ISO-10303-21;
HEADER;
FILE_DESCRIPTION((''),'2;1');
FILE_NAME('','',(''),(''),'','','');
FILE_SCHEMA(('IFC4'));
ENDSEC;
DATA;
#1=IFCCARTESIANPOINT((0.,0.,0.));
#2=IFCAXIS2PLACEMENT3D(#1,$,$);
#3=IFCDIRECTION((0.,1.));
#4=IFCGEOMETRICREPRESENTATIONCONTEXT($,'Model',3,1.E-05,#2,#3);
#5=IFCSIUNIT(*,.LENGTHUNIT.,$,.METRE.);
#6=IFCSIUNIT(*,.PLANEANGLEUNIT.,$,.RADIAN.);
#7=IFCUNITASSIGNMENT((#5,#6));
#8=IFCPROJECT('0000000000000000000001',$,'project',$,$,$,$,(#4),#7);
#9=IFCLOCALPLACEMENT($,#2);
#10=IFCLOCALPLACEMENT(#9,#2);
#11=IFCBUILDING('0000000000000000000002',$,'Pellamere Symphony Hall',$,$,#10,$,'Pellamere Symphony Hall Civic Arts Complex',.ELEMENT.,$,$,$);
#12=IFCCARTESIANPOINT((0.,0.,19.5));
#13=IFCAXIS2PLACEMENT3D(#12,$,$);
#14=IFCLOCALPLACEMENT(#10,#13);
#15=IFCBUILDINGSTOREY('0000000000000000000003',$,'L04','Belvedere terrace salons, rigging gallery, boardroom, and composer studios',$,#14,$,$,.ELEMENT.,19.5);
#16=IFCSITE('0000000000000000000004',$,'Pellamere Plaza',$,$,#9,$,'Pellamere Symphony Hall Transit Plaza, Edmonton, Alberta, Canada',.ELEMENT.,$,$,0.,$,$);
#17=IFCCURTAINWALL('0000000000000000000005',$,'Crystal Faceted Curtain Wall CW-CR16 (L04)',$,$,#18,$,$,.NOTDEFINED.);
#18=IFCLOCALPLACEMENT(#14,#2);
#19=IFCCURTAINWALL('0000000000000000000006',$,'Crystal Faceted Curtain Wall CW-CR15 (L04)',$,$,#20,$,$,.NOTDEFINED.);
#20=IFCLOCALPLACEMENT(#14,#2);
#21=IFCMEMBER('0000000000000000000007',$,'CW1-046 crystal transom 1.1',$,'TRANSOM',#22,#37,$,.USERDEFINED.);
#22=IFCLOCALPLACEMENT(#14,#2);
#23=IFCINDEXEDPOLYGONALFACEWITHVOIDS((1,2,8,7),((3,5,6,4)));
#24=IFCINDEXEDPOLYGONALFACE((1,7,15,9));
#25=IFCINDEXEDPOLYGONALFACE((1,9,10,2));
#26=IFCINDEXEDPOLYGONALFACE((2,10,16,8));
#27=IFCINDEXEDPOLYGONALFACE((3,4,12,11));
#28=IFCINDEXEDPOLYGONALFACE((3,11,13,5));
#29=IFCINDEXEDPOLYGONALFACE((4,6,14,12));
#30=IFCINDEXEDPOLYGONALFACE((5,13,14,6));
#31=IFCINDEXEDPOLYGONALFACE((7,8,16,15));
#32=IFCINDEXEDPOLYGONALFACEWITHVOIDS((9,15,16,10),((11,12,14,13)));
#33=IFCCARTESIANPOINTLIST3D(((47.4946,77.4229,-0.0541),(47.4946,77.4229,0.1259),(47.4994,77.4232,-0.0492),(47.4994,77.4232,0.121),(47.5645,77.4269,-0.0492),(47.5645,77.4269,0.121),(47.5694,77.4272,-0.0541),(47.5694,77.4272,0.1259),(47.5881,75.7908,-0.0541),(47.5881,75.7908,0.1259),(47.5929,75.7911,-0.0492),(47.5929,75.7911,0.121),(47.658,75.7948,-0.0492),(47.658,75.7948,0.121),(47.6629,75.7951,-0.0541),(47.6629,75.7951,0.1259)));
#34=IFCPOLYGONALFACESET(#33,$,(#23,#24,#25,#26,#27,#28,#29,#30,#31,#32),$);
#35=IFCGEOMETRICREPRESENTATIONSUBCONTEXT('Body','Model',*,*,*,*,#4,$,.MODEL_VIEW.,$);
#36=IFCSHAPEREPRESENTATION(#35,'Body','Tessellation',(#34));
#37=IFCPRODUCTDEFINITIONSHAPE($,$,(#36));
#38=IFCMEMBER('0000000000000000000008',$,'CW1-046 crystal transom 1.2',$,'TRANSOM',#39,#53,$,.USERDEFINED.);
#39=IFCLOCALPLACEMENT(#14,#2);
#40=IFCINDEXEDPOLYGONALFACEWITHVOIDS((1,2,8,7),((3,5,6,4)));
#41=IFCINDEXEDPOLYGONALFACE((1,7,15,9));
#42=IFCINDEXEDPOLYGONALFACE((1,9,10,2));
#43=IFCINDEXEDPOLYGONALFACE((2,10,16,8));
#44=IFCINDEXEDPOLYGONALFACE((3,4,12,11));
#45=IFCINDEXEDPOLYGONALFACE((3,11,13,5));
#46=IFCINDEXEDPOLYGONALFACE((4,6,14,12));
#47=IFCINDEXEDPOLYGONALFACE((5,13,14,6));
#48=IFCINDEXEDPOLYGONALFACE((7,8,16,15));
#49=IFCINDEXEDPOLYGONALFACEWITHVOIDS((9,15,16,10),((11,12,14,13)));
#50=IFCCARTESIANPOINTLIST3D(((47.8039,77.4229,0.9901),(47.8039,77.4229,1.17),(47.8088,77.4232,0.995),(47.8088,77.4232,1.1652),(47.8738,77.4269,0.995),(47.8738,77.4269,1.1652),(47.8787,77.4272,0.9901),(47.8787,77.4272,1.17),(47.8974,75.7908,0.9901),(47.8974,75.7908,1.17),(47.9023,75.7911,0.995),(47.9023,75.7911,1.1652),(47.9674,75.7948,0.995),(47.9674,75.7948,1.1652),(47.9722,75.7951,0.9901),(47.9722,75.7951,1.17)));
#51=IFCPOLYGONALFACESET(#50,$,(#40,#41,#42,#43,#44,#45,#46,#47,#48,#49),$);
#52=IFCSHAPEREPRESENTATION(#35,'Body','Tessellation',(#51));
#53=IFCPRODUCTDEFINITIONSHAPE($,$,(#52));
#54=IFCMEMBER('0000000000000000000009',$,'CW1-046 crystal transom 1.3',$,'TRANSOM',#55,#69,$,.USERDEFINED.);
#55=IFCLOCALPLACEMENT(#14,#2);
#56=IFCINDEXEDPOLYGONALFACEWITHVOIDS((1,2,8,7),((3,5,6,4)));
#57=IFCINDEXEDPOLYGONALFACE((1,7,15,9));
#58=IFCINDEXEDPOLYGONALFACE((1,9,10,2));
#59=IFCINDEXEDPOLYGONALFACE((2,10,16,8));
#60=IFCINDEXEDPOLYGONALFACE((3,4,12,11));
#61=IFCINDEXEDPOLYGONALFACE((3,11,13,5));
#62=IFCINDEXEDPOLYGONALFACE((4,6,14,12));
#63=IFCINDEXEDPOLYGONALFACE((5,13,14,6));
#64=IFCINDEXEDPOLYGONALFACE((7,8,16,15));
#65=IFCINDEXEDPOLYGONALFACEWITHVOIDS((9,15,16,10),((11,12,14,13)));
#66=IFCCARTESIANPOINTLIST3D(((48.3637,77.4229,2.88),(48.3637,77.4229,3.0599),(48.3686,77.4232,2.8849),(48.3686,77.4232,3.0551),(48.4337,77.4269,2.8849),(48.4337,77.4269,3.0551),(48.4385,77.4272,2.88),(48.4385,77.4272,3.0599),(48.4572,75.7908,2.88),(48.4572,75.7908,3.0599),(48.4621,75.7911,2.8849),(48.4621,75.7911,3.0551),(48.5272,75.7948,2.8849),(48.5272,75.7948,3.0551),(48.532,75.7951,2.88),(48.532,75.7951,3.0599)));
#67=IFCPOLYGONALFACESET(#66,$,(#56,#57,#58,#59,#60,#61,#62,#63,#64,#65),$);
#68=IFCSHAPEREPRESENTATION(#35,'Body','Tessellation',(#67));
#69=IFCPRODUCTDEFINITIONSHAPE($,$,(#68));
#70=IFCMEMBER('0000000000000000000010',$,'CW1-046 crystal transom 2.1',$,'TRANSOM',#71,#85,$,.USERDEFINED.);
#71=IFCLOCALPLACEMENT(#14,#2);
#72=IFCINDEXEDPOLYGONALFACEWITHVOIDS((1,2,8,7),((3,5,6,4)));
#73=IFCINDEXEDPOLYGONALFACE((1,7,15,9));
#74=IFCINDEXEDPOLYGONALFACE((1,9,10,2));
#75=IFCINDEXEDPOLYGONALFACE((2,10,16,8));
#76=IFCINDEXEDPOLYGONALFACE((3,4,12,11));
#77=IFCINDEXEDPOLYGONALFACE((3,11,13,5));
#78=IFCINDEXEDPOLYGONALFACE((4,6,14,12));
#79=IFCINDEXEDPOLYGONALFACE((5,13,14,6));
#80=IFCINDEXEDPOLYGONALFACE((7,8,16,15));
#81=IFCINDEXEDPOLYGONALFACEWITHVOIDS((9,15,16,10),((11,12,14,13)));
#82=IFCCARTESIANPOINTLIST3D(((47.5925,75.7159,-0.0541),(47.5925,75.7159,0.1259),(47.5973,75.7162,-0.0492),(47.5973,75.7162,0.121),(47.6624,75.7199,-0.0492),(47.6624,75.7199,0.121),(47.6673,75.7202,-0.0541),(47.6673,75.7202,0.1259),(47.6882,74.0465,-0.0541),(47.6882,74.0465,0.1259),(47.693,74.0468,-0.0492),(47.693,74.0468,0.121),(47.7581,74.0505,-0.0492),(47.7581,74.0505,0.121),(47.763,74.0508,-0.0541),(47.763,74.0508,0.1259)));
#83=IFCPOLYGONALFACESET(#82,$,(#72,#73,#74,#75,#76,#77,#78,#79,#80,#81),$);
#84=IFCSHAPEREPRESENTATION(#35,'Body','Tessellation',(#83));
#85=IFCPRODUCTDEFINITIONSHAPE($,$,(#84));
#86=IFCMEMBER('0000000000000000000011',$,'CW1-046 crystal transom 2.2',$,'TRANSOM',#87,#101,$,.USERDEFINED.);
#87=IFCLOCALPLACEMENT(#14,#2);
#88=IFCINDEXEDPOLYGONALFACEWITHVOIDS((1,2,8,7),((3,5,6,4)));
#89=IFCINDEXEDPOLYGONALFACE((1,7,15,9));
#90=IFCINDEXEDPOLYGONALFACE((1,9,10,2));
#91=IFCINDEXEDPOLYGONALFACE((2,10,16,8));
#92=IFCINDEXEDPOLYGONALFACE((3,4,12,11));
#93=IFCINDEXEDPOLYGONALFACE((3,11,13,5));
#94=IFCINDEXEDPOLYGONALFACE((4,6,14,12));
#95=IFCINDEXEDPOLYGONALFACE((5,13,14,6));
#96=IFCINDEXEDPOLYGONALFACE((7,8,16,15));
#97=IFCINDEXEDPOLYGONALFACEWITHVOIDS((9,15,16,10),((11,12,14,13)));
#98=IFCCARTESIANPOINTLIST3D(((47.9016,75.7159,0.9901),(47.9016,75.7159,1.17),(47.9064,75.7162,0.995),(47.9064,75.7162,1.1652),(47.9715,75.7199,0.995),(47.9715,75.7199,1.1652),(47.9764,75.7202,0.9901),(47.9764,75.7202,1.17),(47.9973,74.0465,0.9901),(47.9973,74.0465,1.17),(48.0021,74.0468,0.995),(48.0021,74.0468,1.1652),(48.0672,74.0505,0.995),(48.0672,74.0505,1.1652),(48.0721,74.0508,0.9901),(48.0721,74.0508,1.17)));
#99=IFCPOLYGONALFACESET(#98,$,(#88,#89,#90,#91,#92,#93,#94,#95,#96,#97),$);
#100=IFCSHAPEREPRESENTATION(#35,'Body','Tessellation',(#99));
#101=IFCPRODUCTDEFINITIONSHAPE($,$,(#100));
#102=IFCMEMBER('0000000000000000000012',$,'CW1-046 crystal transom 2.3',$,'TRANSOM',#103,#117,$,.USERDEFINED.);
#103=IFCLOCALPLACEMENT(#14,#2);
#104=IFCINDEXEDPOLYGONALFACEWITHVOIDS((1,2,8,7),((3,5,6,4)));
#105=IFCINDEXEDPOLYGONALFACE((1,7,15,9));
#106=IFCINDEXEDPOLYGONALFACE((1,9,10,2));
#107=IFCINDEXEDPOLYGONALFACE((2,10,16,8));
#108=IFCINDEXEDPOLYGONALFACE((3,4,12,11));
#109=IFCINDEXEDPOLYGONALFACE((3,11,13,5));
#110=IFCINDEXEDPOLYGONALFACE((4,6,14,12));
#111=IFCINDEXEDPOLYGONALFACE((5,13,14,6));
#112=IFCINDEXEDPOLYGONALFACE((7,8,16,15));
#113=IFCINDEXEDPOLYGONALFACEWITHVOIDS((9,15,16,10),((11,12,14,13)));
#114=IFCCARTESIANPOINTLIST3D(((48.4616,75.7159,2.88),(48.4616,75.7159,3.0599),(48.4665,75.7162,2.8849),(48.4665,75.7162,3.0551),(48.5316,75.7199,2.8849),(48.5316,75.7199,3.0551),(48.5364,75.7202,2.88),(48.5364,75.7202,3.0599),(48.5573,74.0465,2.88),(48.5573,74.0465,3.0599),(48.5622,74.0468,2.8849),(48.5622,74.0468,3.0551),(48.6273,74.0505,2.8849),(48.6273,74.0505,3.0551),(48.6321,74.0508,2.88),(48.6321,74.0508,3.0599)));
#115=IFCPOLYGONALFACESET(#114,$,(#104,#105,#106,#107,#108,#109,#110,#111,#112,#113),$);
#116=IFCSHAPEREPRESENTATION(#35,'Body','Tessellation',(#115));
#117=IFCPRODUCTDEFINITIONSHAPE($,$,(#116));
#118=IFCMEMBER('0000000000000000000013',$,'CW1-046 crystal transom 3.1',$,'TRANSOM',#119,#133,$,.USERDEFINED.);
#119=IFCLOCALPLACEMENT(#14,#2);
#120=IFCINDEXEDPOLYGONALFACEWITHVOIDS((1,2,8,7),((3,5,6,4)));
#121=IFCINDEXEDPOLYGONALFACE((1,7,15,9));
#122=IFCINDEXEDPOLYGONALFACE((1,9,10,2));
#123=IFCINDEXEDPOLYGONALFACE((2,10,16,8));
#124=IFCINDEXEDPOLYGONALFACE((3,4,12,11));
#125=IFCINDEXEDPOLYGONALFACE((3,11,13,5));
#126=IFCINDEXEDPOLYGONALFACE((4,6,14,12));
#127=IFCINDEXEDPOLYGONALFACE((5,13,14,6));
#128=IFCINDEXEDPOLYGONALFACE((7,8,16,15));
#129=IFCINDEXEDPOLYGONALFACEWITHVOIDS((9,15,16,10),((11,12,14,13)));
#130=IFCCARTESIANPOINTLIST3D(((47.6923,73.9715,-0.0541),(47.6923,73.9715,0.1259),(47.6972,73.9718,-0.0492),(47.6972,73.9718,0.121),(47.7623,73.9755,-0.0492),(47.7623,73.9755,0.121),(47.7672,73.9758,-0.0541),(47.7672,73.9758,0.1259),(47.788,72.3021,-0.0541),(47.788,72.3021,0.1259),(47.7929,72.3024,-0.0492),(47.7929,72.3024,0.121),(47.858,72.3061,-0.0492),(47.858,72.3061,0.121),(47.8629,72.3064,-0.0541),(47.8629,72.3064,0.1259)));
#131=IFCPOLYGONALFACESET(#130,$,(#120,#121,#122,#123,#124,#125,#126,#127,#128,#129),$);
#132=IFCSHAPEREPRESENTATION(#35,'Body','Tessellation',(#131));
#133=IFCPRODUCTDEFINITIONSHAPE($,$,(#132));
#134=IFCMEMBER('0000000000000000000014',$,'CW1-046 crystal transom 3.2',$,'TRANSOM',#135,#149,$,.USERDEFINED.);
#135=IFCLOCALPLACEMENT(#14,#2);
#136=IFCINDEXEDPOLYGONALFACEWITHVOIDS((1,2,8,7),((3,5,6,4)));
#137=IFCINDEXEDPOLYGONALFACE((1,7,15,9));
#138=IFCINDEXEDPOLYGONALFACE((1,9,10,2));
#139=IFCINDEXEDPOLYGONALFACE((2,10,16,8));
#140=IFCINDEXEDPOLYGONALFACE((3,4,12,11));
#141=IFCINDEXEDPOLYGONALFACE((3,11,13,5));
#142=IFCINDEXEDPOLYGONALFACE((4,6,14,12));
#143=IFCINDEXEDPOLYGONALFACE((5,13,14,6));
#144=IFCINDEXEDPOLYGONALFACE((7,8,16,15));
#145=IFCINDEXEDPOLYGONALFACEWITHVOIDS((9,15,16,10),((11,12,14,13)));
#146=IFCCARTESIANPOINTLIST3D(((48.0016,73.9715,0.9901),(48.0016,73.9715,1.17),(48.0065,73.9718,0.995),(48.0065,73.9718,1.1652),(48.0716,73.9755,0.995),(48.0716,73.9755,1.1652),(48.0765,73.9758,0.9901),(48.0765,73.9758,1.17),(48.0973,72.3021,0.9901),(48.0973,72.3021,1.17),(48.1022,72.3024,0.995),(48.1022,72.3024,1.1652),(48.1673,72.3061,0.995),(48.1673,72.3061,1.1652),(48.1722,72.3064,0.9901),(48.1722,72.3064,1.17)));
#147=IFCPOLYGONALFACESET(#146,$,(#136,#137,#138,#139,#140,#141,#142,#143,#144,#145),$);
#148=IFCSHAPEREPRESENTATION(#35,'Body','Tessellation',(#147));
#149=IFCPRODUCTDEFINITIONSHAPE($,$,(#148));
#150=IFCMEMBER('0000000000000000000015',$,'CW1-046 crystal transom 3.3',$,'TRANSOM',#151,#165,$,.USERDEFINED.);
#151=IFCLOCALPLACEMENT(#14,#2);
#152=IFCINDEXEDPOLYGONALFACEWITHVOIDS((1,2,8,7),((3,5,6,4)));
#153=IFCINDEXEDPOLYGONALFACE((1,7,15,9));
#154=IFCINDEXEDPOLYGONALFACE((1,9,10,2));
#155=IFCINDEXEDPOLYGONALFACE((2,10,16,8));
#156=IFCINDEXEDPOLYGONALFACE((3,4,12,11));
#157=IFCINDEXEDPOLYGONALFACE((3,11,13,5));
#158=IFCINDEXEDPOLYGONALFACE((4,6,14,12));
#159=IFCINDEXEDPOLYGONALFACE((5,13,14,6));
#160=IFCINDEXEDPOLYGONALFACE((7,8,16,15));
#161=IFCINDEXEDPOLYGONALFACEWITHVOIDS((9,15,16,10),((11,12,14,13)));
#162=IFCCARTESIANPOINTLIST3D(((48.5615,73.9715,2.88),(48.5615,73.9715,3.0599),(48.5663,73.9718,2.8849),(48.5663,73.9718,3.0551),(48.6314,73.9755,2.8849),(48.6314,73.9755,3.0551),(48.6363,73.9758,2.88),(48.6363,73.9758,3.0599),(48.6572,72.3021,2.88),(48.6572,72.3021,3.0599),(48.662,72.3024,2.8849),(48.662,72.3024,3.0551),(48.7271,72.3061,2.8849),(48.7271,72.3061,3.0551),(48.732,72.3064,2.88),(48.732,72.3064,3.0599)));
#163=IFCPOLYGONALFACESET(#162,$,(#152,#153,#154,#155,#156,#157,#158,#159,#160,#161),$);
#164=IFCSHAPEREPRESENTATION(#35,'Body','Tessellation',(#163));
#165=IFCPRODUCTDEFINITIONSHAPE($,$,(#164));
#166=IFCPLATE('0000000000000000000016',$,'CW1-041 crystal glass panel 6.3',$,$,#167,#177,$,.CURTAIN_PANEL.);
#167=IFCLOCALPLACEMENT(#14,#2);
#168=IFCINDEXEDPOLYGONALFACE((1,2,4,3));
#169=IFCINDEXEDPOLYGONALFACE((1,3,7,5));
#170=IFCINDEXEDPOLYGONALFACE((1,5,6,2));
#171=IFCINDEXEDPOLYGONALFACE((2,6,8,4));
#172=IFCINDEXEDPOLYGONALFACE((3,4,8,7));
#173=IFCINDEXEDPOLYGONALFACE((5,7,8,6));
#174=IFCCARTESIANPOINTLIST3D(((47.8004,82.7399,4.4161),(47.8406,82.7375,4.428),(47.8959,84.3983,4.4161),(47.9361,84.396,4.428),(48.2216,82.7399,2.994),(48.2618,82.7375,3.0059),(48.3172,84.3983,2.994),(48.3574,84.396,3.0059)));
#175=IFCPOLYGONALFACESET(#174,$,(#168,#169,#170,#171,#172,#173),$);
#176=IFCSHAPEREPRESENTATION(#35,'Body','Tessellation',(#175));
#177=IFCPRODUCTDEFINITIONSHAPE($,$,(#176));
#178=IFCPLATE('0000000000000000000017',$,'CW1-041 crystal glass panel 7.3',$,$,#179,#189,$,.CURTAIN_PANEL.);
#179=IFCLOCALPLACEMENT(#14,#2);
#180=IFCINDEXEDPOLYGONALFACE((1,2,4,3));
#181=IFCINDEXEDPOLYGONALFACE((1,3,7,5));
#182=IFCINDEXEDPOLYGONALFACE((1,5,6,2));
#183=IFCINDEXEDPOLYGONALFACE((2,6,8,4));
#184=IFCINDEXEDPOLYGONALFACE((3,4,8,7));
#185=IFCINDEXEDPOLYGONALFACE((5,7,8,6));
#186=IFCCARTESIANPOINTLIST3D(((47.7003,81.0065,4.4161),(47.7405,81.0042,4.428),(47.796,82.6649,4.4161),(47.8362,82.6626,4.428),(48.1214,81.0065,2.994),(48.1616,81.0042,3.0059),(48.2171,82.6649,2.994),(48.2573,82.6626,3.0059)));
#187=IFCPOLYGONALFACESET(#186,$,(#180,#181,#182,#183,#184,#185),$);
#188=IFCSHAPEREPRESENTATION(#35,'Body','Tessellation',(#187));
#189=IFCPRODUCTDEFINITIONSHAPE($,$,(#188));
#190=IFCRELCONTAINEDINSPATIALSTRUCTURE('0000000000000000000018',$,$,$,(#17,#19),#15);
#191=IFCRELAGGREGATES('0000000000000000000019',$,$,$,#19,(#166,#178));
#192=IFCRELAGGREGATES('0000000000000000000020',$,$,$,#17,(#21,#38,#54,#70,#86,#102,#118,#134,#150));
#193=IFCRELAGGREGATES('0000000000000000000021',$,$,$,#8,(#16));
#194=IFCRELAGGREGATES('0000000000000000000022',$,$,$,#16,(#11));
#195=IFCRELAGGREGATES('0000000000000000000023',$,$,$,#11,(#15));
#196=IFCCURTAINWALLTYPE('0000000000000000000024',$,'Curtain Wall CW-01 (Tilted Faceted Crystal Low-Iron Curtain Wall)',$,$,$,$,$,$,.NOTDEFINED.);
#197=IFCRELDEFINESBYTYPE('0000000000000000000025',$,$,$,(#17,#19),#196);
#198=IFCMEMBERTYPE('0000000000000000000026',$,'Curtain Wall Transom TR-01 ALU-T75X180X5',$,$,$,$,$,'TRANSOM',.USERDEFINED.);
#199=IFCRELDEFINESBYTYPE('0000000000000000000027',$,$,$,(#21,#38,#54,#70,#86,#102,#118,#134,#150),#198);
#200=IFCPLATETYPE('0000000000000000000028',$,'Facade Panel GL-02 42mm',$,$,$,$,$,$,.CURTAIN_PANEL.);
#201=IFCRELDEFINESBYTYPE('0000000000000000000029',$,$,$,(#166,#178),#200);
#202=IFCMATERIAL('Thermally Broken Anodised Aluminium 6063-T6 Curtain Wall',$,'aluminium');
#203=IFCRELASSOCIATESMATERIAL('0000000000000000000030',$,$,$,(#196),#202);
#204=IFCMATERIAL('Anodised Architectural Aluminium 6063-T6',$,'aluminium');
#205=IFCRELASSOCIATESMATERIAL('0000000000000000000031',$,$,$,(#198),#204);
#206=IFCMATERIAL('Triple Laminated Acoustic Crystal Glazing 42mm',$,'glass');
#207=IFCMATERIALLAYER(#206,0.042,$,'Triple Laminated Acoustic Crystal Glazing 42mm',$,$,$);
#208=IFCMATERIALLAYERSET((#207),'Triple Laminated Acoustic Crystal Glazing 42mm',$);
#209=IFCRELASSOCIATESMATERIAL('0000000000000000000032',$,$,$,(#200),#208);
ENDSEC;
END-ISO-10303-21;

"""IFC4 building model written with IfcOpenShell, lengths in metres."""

from ifc_helpers import new_model, si_unit, direction, frame, origin, origin_2d, place, context, subcontext, project, spatial, polyline, hollow_rectangle, outline, extrude, material, layer, layer_set, material_profile, profile_set, type_object, element, aggregate, save


model = new_model("IFC4")

# Units and contexts
model_context = context("Model", 3, precision=1e-05, world=origin(), true_north=direction((0.0, 1.0)))
body_context = subcontext(model_context, "Body", "Model", "MODEL_VIEW")
ifc_project = project(units=[si_unit("LENGTHUNIT", "METRE"), si_unit("PLANEANGLEUNIT", "RADIAN")], contexts=[model_context])

# Site, building, storey
site_placement = place(None, origin())
site = spatial("IfcSite", under=ifc_project, at=site_placement, Name="Pellamere Plaza", LongName="Pellamere Symphony Hall Transit Plaza, Edmonton, Alberta, Canada", CompositionType="ELEMENT", RefElevation=0.0)
building_placement = place(site_placement, origin())
building = spatial("IfcBuilding", under=site, at=building_placement, Name="Pellamere Symphony Hall", LongName="Pellamere Symphony Hall Civic Arts Complex", CompositionType="ELEMENT")
storey_placement = place(building_placement, frame((0.0, 0.0, 19.5)))
storey = spatial("IfcBuildingStorey", under=building, at=storey_placement, Name="L04", Description="Belvedere terrace salons, rigging gallery, boardroom, and composer studios", CompositionType="ELEMENT", Elevation=19.5)

# Curtain walls
ifc_material_1 = material(Name="Thermally Broken Anodised Aluminium 6063-T6 Curtain Wall", Category="aluminium")
curtain_wall_type = type_object("IfcCurtainWallType", Name="Curtain Wall CW-01 (Tilted Faceted Crystal Low-Iron Curtain Wall)", PredefinedType="NOTDEFINED", material=ifc_material_1)
curtain_wall_1_placement = place(storey_placement, origin())
curtain_wall_1 = element("IfcCurtainWall", 1, at=curtain_wall_1_placement, inside=storey, type_object=curtain_wall_type, Name="Crystal Faceted Curtain Wall CW-CR16 (L04)", PredefinedType="NOTDEFINED")
ifc_material_2 = material(Name="Anodised Architectural Aluminium 6063-T6", Category="aluminium")
curtain_wall_2_placement = place(storey_placement, origin())
curtain_wall_2 = element("IfcCurtainWall", 2, at=curtain_wall_2_placement, inside=storey, type_object=curtain_wall_type, Name="Crystal Faceted Curtain Wall CW-CR15 (L04)", PredefinedType="NOTDEFINED")
ifc_material_profile_1 = material_profile(ifc_material_2, hollow_rectangle(XDim=0.075, YDim=0.1799, WallThickness=0.0049, at=origin_2d()), Name="ALU-T75X180X5")
ifc_profile_set_1 = profile_set([ifc_material_profile_1], Name="Anodised Architectural Aluminium 6063-T6")
member_type_1 = type_object("IfcMemberType", Name="Curtain Wall Transom TR-01 ALU-T75X180X5", ElementType="TRANSOM", PredefinedType="USERDEFINED", material=ifc_profile_set_1)

# Members
member_1_placement = place(storey_placement, frame((47.532, 77.425, 0.0359), z_axis=(0.057199, -0.998363, 0.0), x_axis=(0.998363, 0.057199, 0.0)))
member_1 = element("IfcMember", 3, at=member_1_placement, type_object=member_type_1, Name="CW1-046 crystal transom 1.1", ObjectType="TRANSOM", PredefinedType="USERDEFINED", context=body_context, shape_type="SweptSolid", body=[
    extrude(hollow_rectangle(XDim=0.075, YDim=0.1799, WallThickness=0.0049, at=origin_2d()), origin(), (0.0, 0.0, 1.0), 1.6348),
])
member_2_placement = place(storey_placement, frame((47.8413, 77.425, 1.0801), z_axis=(0.057199, -0.998363, 0.0), x_axis=(0.998363, 0.057199, 0.0)))
member_2 = element("IfcMember", 4, at=member_2_placement, type_object=member_type_1, Name="CW1-046 crystal transom 1.2", ObjectType="TRANSOM", PredefinedType="USERDEFINED", context=body_context, shape_type="SweptSolid", body=[
    extrude(hollow_rectangle(XDim=0.075, YDim=0.1799, WallThickness=0.0049, at=origin_2d()), origin(), (0.0, 0.0, 1.0), 1.6348),
])
member_3_placement = place(storey_placement, frame((48.4011, 77.425, 2.97), z_axis=(0.057199, -0.998363, 0.0), x_axis=(0.998363, 0.057199, 0.0)))
member_3 = element("IfcMember", 5, at=member_3_placement, type_object=member_type_1, Name="CW1-046 crystal transom 1.3", ObjectType="TRANSOM", PredefinedType="USERDEFINED", context=body_context, shape_type="SweptSolid", body=[
    extrude(hollow_rectangle(XDim=0.075, YDim=0.1799, WallThickness=0.0049, at=origin_2d()), origin(), (0.0, 0.0, 1.0), 1.6348),
])
member_4_placement = place(storey_placement, frame((47.6299, 75.718, 0.0359), z_axis=(0.057233, -0.998361, 0.0), x_axis=(0.998361, 0.057233, 0.0)))
member_4 = element("IfcMember", 6, at=member_4_placement, type_object=member_type_1, Name="CW1-046 crystal transom 2.1", ObjectType="TRANSOM", PredefinedType="USERDEFINED", context=body_context, shape_type="SweptSolid", body=[
    extrude(hollow_rectangle(XDim=0.075, YDim=0.1799, WallThickness=0.0049, at=origin_2d()), origin(), (0.0, 0.0, 1.0), 1.6721),
])
member_5_placement = place(storey_placement, frame((47.939, 75.718, 1.0801), z_axis=(0.057233, -0.998361, 0.0), x_axis=(0.998361, 0.057233, 0.0)))
member_5 = element("IfcMember", 7, at=member_5_placement, type_object=member_type_1, Name="CW1-046 crystal transom 2.2", ObjectType="TRANSOM", PredefinedType="USERDEFINED", context=body_context, shape_type="SweptSolid", body=[
    extrude(hollow_rectangle(XDim=0.075, YDim=0.1799, WallThickness=0.0049, at=origin_2d()), origin(), (0.0, 0.0, 1.0), 1.6721),
])
member_6_placement = place(storey_placement, frame((48.499, 75.718, 2.97), z_axis=(0.057233, -0.998361, 0.0), x_axis=(0.998361, 0.057233, 0.0)))
member_6 = element("IfcMember", 8, at=member_6_placement, type_object=member_type_1, Name="CW1-046 crystal transom 2.3", ObjectType="TRANSOM", PredefinedType="USERDEFINED", context=body_context, shape_type="SweptSolid", body=[
    extrude(hollow_rectangle(XDim=0.075, YDim=0.1799, WallThickness=0.0049, at=origin_2d()), origin(), (0.0, 0.0, 1.0), 1.6721),
])
member_7_placement = place(storey_placement, frame((47.7297, 73.9736, 0.0359), z_axis=(0.057233, -0.998361, 0.0), x_axis=(0.998361, 0.057233, 0.0)))
member_7 = element("IfcMember", 9, at=member_7_placement, type_object=member_type_1, Name="CW1-046 crystal transom 3.1", ObjectType="TRANSOM", PredefinedType="USERDEFINED", context=body_context, shape_type="SweptSolid", body=[
    extrude(hollow_rectangle(XDim=0.075, YDim=0.1799, WallThickness=0.0049, at=origin_2d()), origin(), (0.0, 0.0, 1.0), 1.6721),
])
member_8_placement = place(storey_placement, frame((48.0391, 73.9736, 1.0801), z_axis=(0.057233, -0.998361, 0.0), x_axis=(0.998361, 0.057233, 0.0)))
member_8 = element("IfcMember", 10, at=member_8_placement, type_object=member_type_1, Name="CW1-046 crystal transom 3.2", ObjectType="TRANSOM", PredefinedType="USERDEFINED", context=body_context, shape_type="SweptSolid", body=[
    extrude(hollow_rectangle(XDim=0.075, YDim=0.1799, WallThickness=0.0049, at=origin_2d()), origin(), (0.0, 0.0, 1.0), 1.6721),
])
member_9_placement = place(storey_placement, frame((48.5989, 73.9736, 2.97), z_axis=(0.057233, -0.998361, 0.0), x_axis=(0.998361, 0.057233, 0.0)))
member_9 = element("IfcMember", 11, at=member_9_placement, type_object=member_type_1, Name="CW1-046 crystal transom 3.3", ObjectType="TRANSOM", PredefinedType="USERDEFINED", context=body_context, shape_type="SweptSolid", body=[
    extrude(hollow_rectangle(XDim=0.075, YDim=0.1799, WallThickness=0.0049, at=origin_2d()), origin(), (0.0, 0.0, 1.0), 1.6721),
])

# Plates
ifc_material_3 = material(Name="Triple Laminated Acoustic Crystal Glazing 42mm", Category="glass")
ifc_layer = layer(ifc_material_3, 0.042, Name="Triple Laminated Acoustic Crystal Glazing 42mm")
ifc_layer_set = layer_set([ifc_layer], Name="Triple Laminated Acoustic Crystal Glazing 42mm")
plate_type = type_object("IfcPlateType", Name="Facade Panel GL-02 42mm", PredefinedType="CURTAIN_PANEL", material=ifc_layer_set)
plate_1_placement = place(storey_placement, frame((48.3574, 84.396, 3.0059), z_axis=(0.957357, -0.055175, 0.283591), x_axis=(-0.057543, -0.998343, 0.00002)))
plate_1 = element("IfcPlate", 12, at=plate_1_placement, type_object=plate_type, Name="CW1-041 crystal glass panel 6.3", PredefinedType="CURTAIN_PANEL", context=body_context, shape_type="SweptSolid", body=[
    extrude(outline(polyline([(0.0, 0.0), (1.6612, 0.0), (1.6855, -1.483), (0.0243, -1.483), (0.0, 0.0)])), origin(), (0.0, 0.0, -1.0), 0.042),
])
plate_2_placement = place(storey_placement, frame((48.2573, 82.6626, 3.0059), z_axis=(0.957375, -0.055247, 0.283515), x_axis=(-0.057611, -0.998339, 0.0)))
plate_2 = element("IfcPlate", 13, at=plate_2_placement, type_object=plate_type, Name="CW1-041 crystal glass panel 7.3", PredefinedType="CURTAIN_PANEL", context=body_context, shape_type="SweptSolid", body=[
    extrude(outline(polyline([(0.0, 0.0), (1.6612, 0.0), (1.6855, -1.483), (0.0243, -1.483), (0.0, 0.0)])), origin(), (0.0, 0.0, -1.0), 0.042),
])
aggregate(curtain_wall_2, [plate_1, plate_2])
aggregate(curtain_wall_1, [member_1, member_2, member_3, member_4, member_5, member_6, member_7, member_8, member_9])

save(model, "model.ifc")
